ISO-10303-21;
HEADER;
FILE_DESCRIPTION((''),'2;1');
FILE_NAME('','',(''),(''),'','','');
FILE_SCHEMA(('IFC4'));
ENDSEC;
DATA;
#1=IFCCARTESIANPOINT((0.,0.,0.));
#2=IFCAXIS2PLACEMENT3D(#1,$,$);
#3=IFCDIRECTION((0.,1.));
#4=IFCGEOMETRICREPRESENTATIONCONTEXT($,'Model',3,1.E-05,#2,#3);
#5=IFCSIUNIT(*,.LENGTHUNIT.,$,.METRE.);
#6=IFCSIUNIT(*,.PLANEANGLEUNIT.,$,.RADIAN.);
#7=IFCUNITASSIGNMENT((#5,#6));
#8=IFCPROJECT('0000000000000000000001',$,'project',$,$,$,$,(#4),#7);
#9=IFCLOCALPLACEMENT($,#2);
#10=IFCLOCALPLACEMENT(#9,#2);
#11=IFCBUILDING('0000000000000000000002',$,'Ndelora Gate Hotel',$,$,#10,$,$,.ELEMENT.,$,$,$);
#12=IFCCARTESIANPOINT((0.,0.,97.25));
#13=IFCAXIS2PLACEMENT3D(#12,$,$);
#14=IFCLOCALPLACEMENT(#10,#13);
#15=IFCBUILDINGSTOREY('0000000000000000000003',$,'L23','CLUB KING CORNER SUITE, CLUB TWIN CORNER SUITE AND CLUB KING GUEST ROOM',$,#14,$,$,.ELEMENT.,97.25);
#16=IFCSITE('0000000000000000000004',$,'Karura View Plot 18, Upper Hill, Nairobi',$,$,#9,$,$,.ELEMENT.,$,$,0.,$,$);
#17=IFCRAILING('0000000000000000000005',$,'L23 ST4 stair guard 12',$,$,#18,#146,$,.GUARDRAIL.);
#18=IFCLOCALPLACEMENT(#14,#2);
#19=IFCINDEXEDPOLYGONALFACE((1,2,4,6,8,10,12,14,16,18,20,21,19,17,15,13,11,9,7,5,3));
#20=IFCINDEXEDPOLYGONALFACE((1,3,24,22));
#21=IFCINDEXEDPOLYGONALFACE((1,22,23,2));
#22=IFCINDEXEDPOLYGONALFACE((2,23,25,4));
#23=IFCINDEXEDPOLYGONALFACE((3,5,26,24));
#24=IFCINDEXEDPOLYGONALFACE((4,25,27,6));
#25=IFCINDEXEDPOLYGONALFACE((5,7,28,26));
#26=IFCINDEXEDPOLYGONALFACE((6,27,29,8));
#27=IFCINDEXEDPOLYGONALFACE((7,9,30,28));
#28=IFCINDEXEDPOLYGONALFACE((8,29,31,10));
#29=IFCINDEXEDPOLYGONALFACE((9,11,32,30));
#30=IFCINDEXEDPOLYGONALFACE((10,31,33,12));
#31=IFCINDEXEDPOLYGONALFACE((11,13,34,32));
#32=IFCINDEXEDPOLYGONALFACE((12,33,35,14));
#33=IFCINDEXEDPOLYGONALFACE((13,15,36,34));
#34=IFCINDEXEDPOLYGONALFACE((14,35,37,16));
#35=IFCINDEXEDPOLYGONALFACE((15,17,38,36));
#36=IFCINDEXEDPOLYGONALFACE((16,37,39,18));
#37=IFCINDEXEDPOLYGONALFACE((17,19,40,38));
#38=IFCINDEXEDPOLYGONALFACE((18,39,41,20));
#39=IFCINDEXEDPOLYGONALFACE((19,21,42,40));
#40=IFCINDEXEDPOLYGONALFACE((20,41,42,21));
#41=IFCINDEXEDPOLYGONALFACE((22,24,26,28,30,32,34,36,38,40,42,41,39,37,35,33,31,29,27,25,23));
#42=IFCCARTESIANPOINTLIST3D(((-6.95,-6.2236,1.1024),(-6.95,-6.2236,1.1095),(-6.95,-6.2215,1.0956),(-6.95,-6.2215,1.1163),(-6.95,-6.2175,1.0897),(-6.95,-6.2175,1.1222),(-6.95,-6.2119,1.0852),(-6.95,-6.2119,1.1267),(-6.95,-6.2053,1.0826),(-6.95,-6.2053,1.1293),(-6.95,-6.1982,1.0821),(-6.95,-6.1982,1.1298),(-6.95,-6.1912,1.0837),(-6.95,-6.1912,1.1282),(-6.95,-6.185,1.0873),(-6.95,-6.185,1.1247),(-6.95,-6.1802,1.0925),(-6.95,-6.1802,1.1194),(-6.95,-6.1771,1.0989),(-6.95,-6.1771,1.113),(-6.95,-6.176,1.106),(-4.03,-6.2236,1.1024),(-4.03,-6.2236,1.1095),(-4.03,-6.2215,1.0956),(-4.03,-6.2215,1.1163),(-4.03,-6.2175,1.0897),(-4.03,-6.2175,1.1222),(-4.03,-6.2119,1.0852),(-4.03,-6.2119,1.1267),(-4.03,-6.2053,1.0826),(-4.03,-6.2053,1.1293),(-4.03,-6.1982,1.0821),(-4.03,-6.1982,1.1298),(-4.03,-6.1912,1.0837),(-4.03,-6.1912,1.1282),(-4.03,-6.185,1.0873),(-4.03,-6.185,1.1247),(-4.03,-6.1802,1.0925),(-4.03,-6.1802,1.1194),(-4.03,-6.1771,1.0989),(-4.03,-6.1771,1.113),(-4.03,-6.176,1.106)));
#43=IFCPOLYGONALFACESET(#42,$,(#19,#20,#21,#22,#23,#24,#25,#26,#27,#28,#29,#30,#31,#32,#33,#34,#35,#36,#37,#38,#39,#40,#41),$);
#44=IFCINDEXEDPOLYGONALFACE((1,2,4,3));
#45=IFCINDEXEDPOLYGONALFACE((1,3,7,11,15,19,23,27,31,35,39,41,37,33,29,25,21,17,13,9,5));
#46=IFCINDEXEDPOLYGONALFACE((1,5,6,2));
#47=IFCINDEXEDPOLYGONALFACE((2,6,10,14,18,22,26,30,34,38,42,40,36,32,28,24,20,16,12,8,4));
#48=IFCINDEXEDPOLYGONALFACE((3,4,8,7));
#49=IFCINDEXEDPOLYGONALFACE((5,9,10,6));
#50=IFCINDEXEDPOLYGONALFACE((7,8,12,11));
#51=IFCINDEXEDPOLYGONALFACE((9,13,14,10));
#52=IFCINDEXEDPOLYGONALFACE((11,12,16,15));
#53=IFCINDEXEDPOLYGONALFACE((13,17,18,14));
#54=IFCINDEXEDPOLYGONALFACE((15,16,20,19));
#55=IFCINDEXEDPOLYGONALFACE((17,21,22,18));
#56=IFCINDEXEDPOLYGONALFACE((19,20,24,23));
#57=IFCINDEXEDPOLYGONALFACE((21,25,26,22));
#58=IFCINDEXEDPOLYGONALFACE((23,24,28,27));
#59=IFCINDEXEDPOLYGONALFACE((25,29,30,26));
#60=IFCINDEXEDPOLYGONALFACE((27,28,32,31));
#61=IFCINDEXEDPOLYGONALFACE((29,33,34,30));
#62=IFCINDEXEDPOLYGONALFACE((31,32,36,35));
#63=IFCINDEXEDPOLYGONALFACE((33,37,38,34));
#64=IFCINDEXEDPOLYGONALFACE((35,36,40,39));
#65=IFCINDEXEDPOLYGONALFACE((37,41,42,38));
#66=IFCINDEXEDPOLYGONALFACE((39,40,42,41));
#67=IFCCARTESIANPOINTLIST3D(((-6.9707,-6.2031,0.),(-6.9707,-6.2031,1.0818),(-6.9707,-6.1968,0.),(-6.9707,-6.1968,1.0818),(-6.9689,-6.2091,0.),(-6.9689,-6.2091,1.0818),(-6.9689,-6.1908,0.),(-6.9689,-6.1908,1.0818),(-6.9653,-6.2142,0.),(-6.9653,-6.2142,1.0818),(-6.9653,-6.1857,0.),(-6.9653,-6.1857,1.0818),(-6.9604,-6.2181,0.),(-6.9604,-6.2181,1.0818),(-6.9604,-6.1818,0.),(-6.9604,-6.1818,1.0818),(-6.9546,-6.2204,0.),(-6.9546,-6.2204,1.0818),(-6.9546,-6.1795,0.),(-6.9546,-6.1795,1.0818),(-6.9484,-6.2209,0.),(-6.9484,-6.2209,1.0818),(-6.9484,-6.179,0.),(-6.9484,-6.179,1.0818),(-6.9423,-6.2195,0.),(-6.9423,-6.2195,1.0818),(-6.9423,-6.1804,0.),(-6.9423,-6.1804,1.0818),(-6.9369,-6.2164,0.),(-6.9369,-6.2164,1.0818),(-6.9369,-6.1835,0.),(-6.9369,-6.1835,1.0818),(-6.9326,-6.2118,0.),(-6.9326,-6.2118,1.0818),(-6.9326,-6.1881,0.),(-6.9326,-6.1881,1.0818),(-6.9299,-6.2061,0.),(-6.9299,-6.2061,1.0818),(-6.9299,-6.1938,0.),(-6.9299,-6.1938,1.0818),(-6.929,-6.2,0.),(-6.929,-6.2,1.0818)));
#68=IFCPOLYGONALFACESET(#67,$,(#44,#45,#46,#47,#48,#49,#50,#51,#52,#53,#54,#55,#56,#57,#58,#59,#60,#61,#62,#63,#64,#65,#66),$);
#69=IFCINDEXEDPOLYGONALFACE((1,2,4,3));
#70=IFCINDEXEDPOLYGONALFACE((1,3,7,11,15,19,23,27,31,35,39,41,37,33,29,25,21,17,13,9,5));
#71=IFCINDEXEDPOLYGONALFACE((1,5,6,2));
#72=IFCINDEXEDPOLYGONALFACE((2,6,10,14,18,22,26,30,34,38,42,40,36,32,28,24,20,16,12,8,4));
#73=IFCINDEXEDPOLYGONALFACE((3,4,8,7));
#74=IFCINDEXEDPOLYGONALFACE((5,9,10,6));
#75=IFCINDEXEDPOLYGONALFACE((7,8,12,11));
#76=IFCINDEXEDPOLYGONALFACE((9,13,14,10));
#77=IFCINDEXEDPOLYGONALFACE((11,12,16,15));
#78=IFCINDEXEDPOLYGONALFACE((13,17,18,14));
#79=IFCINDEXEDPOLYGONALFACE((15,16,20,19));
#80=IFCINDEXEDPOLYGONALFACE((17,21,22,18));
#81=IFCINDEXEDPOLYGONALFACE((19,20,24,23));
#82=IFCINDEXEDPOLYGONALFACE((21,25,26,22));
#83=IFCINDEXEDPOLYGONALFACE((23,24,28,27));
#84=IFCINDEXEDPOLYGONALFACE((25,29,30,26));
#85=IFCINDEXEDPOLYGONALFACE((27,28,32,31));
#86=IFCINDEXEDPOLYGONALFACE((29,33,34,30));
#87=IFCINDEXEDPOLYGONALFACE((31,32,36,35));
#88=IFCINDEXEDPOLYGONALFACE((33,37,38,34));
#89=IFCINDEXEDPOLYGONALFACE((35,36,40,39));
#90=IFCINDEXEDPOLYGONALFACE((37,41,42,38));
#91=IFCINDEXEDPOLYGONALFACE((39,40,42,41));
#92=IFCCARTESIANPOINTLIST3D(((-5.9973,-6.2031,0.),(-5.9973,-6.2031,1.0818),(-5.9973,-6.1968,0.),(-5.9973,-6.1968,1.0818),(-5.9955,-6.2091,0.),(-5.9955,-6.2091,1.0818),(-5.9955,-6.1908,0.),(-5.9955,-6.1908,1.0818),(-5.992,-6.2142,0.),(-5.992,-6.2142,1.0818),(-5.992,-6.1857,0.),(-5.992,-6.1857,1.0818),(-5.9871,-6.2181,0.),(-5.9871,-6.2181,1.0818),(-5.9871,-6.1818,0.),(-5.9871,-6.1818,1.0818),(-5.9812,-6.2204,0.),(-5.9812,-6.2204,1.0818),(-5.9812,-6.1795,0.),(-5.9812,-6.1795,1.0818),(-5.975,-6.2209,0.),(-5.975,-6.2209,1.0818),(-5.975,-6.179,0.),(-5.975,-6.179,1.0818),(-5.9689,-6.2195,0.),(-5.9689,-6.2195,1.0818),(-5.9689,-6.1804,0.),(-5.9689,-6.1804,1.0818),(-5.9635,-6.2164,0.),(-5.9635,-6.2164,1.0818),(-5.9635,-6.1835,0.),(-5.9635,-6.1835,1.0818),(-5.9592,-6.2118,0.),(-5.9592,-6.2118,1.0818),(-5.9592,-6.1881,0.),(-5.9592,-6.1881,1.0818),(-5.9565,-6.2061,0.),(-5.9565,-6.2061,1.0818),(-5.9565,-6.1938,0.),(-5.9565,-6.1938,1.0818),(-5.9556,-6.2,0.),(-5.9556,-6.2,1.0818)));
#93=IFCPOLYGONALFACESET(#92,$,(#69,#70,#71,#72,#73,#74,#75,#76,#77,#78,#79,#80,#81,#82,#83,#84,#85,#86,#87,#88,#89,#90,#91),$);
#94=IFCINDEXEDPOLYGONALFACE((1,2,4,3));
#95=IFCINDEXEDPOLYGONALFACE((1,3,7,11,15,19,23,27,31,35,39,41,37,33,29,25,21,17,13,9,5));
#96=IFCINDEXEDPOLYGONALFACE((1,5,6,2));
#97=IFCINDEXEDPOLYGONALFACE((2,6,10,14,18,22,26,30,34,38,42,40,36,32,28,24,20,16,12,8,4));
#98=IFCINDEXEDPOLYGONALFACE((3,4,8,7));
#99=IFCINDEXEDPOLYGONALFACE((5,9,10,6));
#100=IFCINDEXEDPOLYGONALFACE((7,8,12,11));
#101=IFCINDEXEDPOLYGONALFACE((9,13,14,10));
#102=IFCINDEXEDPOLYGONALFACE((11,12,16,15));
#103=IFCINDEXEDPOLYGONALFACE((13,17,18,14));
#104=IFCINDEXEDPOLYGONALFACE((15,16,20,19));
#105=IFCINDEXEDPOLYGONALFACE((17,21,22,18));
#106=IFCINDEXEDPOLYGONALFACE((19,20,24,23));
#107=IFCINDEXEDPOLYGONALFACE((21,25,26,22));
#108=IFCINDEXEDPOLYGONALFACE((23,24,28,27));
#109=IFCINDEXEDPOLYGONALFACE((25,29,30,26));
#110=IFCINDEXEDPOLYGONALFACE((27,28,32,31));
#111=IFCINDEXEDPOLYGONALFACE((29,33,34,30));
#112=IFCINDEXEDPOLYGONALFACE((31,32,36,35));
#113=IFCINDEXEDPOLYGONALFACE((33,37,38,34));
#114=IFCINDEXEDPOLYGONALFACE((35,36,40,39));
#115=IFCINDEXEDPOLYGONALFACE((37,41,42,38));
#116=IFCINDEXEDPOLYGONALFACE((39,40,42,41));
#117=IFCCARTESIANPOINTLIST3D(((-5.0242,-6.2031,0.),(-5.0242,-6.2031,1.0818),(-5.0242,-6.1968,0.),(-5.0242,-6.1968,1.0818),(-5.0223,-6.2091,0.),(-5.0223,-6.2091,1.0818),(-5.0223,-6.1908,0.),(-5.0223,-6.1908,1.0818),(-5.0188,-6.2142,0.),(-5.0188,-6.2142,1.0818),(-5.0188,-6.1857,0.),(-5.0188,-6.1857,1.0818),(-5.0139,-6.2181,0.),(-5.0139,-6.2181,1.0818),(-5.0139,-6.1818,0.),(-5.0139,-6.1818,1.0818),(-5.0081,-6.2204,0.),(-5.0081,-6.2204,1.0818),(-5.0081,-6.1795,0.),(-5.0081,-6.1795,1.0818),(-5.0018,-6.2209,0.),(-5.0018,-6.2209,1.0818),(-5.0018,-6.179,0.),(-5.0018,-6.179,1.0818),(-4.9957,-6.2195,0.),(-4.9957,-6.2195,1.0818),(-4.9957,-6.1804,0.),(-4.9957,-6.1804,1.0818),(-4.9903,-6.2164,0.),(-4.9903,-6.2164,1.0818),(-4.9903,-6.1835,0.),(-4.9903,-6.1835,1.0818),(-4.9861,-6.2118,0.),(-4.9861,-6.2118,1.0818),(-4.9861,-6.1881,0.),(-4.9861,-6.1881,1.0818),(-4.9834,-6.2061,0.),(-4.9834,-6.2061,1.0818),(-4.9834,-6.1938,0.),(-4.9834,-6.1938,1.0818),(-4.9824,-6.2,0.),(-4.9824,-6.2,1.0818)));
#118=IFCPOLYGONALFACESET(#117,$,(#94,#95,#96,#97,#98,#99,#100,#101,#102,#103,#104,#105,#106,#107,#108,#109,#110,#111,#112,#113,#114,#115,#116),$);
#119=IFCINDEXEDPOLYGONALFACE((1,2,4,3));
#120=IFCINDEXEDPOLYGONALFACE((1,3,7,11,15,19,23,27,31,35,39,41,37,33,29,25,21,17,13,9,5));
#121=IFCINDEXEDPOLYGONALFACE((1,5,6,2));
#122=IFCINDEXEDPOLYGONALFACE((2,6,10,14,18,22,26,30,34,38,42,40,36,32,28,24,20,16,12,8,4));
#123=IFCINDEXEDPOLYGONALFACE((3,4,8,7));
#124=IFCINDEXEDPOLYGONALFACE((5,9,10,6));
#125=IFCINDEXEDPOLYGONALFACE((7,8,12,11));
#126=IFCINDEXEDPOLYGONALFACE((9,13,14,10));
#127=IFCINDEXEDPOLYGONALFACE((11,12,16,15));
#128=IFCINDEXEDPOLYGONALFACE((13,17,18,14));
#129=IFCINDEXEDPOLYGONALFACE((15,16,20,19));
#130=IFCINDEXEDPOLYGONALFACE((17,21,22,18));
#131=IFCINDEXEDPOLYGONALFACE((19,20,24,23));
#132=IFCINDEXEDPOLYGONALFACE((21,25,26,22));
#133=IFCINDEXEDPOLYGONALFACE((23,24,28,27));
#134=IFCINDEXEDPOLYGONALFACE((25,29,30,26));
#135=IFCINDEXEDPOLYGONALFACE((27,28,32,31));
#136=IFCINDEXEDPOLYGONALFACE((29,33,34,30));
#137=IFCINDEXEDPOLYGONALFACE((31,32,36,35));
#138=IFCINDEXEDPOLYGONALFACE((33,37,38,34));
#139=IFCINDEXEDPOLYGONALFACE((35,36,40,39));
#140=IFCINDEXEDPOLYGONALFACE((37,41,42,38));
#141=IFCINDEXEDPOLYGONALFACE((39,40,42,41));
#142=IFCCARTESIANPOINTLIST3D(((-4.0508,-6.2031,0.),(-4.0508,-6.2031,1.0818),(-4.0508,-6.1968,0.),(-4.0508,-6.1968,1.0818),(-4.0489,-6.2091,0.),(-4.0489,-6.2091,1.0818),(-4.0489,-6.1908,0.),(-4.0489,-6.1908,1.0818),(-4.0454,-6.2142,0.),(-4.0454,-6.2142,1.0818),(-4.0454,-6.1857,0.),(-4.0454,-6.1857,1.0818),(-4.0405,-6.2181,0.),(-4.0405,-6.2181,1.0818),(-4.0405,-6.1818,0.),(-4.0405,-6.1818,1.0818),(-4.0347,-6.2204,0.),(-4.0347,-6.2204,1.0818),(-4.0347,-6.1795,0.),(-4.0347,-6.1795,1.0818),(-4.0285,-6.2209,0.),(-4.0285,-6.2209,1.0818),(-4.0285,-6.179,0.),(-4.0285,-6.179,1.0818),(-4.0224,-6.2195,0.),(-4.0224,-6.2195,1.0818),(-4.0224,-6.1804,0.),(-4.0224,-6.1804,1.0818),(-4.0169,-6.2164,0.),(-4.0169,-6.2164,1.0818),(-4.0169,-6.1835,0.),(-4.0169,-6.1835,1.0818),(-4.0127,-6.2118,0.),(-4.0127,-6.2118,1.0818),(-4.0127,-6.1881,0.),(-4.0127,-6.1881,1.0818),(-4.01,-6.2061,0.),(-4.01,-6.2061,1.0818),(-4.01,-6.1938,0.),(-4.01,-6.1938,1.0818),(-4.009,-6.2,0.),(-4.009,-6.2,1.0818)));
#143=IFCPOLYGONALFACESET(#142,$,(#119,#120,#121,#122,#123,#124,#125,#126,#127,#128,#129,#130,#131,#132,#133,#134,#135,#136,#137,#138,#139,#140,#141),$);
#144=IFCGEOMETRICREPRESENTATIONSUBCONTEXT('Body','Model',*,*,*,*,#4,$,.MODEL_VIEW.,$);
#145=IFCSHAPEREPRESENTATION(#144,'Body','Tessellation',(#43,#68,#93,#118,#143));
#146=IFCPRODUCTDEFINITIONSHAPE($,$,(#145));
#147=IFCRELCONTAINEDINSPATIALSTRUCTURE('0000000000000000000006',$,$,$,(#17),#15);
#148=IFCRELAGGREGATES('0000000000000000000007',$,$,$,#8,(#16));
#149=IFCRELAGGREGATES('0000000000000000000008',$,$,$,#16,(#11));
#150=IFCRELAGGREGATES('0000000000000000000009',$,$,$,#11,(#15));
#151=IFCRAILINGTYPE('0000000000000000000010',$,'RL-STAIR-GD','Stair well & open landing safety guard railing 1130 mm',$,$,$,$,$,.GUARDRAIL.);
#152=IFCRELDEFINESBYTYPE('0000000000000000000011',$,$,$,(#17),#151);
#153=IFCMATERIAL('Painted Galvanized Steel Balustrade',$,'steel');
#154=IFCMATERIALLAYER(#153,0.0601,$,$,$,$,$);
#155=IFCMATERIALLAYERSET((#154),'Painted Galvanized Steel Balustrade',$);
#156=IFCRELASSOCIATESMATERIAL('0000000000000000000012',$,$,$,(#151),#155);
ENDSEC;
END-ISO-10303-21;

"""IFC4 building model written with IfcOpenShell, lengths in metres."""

from ifc_helpers import new_model, si_unit, direction, frame, origin, origin_2d, place, context, subcontext, project, spatial, circle, extrude, material, layer, layer_set, type_object, element, save


model = new_model("IFC4")

# Units and contexts
model_context = context("Model", 3, precision=1e-05, world=origin(), true_north=direction((0.0, 1.0)))
body_context = subcontext(model_context, "Body", "Model", "MODEL_VIEW")
ifc_project = project(units=[si_unit("LENGTHUNIT", "METRE"), si_unit("PLANEANGLEUNIT", "RADIAN")], contexts=[model_context])

# Site, building, storey
site_placement = place(None, origin())
site = spatial("IfcSite", under=ifc_project, at=site_placement, Name="Karura View Plot 18, Upper Hill, Nairobi", CompositionType="ELEMENT", RefElevation=0.0)
building_placement = place(site_placement, origin())
building = spatial("IfcBuilding", under=site, at=building_placement, Name="Ndelora Gate Hotel", CompositionType="ELEMENT")
storey_placement = place(building_placement, frame((0.0, 0.0, 97.25)))
storey = spatial("IfcBuildingStorey", under=building, at=storey_placement, Name="L23", Description="CLUB KING CORNER SUITE, CLUB TWIN CORNER SUITE AND CLUB KING GUEST ROOM", CompositionType="ELEMENT", Elevation=97.25)

# Railing
ifc_material_1 = material(Name="Painted Galvanized Steel Balustrade", Category="steel")
ifc_layer_1 = layer(ifc_material_1, 0.0601)
ifc_layer_set_1 = layer_set([ifc_layer_1], Name="Painted Galvanized Steel Balustrade")
railing_type_1 = type_object("IfcRailingType", Name="RL-STAIR-GD", Description="Stair well & open landing safety guard railing 1130 mm", PredefinedType="GUARDRAIL", material=ifc_layer_set_1)
railing_1_placement = place(storey_placement, frame((-6.95, -6.2, 0.0)))
element("IfcRailing", 1, at=railing_1_placement, inside=storey, type_object=railing_type_1, Name="L23 ST4 stair guard 12", PredefinedType="GUARDRAIL", context=body_context, shape_type="SweptSolid", body=[
    extrude(circle(Radius=0.0239, at=origin_2d()), frame((0.0, 0.0, 1.106), z_axis=(1.0, 0.0, 0.0), x_axis=(0.0, 1.0, 0.0)), (0.0, 0.0, 1.0), 2.9199),
    extrude(circle(Radius=0.021, at=origin_2d()), origin(), (0.0, 0.0, 1.0), 1.0818),
    extrude(circle(Radius=0.021, at=origin_2d()), frame((0.9734, 0.0, 0.0)), (0.0, 0.0, 1.0), 1.0818),
    extrude(circle(Radius=0.021, at=origin_2d()), frame((1.9465, 0.0, 0.0)), (0.0, 0.0, 1.0), 1.0818),
    extrude(circle(Radius=0.021, at=origin_2d()), frame((2.9199, 0.0, 0.0)), (0.0, 0.0, 1.0), 1.0818),
])

save(model, "model.ifc")
